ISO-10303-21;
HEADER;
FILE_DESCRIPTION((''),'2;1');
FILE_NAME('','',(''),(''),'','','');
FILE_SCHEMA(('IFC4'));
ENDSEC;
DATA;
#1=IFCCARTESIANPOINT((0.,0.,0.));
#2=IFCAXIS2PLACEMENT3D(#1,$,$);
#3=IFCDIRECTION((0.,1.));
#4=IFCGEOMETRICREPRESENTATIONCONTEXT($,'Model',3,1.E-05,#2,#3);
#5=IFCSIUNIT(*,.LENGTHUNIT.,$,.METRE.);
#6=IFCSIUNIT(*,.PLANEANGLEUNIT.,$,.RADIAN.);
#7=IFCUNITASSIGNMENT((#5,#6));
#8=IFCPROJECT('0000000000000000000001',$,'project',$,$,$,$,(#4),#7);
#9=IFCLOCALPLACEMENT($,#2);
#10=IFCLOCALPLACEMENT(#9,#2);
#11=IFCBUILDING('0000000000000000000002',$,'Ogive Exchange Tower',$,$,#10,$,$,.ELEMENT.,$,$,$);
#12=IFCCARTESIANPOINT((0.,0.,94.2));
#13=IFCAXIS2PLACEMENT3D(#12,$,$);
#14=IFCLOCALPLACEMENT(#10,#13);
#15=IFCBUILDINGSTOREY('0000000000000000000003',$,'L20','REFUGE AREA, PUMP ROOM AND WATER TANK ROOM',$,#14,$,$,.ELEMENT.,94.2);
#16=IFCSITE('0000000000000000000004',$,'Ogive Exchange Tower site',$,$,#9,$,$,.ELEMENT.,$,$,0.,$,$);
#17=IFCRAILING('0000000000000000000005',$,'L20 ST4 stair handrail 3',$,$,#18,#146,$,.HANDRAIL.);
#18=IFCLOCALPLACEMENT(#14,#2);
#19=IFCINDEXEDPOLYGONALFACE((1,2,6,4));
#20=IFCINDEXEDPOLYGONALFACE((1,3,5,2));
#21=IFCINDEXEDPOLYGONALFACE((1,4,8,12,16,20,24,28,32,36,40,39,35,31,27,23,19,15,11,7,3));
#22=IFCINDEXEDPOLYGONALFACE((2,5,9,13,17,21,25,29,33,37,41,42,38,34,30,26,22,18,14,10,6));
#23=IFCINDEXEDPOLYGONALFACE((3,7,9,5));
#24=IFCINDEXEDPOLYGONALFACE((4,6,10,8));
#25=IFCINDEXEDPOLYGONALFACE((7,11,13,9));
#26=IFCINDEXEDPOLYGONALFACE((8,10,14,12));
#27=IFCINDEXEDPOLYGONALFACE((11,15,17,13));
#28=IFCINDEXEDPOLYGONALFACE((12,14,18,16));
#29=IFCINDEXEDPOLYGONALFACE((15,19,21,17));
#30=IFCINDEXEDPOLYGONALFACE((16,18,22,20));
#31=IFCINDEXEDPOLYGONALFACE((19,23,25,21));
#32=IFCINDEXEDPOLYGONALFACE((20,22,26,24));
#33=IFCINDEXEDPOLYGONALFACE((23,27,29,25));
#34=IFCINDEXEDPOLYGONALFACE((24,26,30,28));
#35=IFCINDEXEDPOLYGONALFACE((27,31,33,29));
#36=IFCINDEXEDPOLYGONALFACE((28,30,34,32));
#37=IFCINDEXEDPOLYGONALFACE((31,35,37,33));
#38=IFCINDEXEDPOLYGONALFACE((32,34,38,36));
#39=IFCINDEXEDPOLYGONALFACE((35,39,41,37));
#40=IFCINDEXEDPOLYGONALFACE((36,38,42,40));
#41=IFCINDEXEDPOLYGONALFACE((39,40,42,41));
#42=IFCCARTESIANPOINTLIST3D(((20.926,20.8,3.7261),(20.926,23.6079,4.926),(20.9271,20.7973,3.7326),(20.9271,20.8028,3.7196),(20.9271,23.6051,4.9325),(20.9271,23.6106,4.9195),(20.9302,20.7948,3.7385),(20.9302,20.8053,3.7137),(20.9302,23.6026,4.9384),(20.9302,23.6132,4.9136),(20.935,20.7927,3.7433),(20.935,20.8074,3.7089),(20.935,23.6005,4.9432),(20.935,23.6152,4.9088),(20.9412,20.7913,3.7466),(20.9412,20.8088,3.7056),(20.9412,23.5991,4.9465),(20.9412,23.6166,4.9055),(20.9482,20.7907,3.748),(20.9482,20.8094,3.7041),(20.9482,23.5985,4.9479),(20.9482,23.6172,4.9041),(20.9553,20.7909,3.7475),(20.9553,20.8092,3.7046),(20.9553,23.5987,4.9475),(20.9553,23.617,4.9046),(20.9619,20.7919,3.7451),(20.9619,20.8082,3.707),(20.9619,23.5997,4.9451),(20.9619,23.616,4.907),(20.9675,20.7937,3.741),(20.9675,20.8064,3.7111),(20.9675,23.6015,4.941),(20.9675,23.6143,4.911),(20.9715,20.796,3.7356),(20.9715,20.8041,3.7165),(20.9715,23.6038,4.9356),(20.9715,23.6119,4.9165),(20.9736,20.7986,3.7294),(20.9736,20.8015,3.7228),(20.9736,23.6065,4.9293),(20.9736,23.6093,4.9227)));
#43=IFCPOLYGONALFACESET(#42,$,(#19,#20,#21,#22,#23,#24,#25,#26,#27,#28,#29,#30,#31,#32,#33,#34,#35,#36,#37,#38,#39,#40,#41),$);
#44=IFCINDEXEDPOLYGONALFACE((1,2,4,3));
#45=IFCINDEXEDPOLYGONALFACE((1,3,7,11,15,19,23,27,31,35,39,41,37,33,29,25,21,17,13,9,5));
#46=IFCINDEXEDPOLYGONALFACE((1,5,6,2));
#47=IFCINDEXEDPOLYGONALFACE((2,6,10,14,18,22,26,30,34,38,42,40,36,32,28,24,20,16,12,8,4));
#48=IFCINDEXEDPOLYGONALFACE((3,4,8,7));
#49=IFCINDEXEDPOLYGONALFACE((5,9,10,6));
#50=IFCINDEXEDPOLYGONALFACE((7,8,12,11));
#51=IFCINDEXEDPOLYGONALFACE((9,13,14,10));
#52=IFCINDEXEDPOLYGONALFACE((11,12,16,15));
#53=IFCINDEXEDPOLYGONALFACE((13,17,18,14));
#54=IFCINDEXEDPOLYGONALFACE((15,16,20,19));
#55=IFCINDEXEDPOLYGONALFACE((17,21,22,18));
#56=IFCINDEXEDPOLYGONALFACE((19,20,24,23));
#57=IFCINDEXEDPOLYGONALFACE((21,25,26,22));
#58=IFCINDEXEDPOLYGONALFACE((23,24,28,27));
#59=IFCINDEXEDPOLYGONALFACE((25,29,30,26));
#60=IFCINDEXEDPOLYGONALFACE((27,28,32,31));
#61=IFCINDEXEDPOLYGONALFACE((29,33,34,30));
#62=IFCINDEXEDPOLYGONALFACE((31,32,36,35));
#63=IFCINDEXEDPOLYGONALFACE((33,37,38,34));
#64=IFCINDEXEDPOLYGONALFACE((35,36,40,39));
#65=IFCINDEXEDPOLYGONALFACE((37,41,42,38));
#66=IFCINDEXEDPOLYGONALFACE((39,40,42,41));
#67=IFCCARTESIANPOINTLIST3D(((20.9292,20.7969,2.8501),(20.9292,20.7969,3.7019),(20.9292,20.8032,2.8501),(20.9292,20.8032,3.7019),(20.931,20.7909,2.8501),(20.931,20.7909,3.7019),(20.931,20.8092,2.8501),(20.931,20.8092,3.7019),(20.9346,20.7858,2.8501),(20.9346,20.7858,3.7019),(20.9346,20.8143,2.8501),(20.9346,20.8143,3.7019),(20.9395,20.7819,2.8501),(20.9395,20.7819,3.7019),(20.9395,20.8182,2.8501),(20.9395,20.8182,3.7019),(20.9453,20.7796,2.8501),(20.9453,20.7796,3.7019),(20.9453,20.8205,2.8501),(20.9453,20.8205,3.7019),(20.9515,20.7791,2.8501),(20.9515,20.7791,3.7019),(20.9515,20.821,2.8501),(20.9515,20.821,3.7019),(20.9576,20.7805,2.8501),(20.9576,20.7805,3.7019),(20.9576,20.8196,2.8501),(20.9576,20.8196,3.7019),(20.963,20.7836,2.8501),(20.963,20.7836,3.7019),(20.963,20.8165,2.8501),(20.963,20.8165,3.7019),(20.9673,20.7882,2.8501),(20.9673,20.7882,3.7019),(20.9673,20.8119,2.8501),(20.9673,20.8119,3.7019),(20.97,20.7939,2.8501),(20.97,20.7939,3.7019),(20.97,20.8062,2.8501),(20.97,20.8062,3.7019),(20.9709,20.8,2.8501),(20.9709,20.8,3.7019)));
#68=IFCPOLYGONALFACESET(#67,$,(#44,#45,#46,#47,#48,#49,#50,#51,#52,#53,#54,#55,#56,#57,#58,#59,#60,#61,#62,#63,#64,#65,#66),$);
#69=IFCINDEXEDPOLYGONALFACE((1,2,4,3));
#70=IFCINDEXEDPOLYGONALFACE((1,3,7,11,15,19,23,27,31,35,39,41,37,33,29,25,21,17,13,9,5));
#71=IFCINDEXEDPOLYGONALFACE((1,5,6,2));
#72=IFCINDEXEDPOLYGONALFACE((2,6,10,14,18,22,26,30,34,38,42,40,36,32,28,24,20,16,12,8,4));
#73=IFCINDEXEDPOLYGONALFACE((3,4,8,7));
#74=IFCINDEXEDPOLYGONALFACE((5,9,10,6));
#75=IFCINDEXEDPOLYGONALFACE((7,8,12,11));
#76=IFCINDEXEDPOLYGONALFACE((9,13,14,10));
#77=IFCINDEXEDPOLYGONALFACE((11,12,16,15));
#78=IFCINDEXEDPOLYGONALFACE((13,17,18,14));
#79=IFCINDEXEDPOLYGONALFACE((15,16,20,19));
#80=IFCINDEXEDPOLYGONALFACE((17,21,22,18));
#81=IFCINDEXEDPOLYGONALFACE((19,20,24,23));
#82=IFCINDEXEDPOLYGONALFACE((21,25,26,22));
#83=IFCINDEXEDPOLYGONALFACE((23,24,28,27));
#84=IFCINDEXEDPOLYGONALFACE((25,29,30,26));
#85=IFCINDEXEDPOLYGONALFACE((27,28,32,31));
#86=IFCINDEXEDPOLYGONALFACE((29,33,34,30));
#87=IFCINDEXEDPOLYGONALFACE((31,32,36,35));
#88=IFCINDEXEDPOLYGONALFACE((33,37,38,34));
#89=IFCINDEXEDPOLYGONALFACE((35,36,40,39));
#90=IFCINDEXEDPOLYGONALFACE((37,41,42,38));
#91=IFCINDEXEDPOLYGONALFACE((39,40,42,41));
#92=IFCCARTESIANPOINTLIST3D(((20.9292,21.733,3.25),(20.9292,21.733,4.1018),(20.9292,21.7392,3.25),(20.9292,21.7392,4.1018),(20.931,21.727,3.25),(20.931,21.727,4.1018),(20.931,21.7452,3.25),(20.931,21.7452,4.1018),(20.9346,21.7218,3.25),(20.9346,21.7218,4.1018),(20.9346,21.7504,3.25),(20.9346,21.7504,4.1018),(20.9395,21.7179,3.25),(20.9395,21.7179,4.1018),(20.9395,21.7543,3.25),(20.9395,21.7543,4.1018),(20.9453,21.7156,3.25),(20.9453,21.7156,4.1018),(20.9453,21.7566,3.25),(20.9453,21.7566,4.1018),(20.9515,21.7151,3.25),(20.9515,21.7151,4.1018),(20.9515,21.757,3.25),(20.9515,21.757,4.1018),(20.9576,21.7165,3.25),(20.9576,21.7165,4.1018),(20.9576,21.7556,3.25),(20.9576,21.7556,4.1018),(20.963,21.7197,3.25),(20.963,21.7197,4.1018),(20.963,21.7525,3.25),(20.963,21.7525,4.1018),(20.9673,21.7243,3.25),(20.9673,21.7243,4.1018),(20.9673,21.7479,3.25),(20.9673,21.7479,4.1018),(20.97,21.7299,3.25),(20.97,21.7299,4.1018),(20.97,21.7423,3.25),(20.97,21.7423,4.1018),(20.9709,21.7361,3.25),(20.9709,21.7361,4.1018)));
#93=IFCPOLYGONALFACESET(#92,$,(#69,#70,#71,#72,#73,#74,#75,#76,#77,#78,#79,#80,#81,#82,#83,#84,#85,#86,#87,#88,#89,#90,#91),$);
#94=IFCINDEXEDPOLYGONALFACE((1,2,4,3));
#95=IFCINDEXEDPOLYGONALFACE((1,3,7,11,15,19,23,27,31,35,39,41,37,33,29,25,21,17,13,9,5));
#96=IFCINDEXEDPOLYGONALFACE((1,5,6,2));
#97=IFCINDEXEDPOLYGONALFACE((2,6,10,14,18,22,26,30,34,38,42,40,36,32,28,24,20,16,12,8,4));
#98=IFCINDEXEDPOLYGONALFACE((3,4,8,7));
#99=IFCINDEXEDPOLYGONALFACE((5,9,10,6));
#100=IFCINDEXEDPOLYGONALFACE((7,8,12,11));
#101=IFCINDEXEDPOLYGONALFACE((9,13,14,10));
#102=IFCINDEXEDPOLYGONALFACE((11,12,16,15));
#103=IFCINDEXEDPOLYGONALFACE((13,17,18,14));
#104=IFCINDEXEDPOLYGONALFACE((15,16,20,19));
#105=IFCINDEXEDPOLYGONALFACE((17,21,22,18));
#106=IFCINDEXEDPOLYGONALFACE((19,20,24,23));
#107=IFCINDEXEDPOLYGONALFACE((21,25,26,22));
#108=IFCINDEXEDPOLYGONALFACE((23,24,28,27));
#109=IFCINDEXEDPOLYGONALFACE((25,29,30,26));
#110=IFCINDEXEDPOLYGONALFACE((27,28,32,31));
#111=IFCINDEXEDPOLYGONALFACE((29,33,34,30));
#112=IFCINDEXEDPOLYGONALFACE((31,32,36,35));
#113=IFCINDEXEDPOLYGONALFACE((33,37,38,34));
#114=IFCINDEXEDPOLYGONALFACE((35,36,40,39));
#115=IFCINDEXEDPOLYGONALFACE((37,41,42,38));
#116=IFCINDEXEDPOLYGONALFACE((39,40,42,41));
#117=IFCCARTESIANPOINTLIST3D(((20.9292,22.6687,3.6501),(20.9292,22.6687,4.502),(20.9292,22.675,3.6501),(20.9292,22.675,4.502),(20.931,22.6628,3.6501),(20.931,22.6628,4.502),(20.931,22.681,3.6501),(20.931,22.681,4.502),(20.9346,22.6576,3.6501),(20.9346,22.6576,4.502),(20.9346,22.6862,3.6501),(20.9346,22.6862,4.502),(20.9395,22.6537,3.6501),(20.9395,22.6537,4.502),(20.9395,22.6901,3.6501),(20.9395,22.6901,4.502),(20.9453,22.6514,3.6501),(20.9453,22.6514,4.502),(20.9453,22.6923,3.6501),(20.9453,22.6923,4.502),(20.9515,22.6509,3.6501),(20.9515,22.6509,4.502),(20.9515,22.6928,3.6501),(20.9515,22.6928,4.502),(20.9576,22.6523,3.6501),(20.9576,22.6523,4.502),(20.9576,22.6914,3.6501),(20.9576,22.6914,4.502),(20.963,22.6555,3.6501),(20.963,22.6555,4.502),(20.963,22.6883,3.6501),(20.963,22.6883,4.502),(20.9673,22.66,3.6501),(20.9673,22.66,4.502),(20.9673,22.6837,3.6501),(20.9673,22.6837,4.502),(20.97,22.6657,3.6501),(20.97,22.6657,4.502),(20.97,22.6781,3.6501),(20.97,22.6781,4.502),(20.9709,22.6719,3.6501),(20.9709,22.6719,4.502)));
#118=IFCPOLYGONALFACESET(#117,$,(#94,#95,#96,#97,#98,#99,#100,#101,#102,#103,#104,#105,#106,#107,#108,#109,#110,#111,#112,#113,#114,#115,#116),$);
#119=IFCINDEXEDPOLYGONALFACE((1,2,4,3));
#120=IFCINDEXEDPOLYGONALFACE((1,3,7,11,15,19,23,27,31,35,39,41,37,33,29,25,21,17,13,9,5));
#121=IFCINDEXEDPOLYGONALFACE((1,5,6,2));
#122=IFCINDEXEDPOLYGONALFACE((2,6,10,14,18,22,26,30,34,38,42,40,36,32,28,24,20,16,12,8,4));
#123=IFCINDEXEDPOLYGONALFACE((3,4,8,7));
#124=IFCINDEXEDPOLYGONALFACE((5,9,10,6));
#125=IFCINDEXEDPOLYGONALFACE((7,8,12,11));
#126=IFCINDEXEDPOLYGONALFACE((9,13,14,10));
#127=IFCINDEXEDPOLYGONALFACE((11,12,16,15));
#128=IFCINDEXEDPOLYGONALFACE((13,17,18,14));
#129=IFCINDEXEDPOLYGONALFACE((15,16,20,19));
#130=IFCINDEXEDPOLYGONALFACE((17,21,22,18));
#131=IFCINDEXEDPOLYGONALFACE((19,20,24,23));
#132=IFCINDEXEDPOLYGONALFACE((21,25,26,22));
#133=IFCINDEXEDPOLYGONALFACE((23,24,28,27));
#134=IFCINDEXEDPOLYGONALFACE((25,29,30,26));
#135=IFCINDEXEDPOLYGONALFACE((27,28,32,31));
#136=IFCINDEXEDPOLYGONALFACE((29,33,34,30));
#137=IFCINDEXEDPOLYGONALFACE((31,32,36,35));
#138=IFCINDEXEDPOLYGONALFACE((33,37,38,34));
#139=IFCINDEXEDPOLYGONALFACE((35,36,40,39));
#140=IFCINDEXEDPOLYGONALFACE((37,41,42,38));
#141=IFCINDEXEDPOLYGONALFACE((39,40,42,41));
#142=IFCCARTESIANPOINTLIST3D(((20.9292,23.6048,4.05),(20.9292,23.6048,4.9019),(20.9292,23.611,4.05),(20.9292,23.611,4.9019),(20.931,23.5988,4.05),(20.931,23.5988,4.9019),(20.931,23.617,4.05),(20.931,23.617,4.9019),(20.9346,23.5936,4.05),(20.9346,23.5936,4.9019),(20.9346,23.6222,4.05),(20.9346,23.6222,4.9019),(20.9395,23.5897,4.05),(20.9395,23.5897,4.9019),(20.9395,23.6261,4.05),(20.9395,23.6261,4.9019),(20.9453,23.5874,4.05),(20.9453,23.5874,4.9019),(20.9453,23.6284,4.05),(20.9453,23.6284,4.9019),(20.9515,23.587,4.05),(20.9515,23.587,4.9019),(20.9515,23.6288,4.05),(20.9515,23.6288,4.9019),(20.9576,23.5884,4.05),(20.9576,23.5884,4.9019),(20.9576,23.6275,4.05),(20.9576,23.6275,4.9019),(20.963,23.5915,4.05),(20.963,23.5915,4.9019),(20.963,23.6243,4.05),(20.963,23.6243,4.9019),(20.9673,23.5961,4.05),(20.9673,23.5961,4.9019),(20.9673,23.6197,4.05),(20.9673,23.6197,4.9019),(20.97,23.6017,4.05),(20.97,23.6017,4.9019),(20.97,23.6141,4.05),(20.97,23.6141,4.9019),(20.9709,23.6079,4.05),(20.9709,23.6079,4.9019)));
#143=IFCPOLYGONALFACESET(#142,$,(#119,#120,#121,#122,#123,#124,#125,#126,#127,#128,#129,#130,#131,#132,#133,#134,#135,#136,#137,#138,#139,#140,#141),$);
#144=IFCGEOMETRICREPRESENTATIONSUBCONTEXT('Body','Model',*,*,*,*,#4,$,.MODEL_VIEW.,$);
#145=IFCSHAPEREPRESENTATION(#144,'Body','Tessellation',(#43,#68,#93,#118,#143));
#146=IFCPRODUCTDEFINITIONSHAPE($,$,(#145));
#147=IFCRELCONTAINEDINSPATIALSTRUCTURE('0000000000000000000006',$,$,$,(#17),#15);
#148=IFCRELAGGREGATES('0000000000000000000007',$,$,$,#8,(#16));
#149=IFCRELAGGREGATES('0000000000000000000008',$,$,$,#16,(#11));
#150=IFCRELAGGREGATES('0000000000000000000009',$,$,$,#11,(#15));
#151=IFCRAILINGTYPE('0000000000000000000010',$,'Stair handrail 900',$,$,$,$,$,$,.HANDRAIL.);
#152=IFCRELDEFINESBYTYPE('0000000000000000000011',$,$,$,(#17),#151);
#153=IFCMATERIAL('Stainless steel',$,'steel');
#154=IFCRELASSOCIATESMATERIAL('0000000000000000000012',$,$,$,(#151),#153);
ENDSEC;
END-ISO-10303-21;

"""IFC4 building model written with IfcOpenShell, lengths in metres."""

from ifc_helpers import new_model, si_unit, direction, frame, origin, origin_2d, place, context, subcontext, project, spatial, circle, extrude, material, type_object, element, save


model = new_model("IFC4")

# Units and contexts
model_context = context("Model", 3, precision=1e-05, world=origin(), true_north=direction((0.0, 1.0)))
body_context = subcontext(model_context, "Body", "Model", "MODEL_VIEW")
ifc_project = project(units=[si_unit("LENGTHUNIT", "METRE"), si_unit("PLANEANGLEUNIT", "RADIAN")], contexts=[model_context])

# Site, building, storey
site_placement = place(None, origin())
site = spatial("IfcSite", under=ifc_project, at=site_placement, Name="Ogive Exchange Tower site", CompositionType="ELEMENT", RefElevation=0.0)
building_placement = place(site_placement, origin())
building = spatial("IfcBuilding", under=site, at=building_placement, Name="Ogive Exchange Tower", CompositionType="ELEMENT")
storey_placement = place(building_placement, frame((0.0, 0.0, 94.2)))
storey = spatial("IfcBuildingStorey", under=building, at=storey_placement, Name="L20", Description="REFUGE AREA, PUMP ROOM AND WATER TANK ROOM", CompositionType="ELEMENT", Elevation=94.2)

# Railing
ifc_material_1 = material(Name="Stainless steel", Category="steel")
railing_type = type_object("IfcRailingType", Name="Stair handrail 900", PredefinedType="HANDRAIL", material=ifc_material_1)
railing_1_placement = place(storey_placement, frame((20.95, 20.8, 2.8501)))
element("IfcRailing", 1, at=railing_1_placement, inside=storey, type_object=railing_type, Name="L20 ST4 stair handrail 3", PredefinedType="HANDRAIL", context=body_context, shape_type="SweptSolid", body=[
    extrude(circle(Radius=0.0239, at=origin_2d()), frame((0.0, 0.0, 0.876), z_axis=(0.0, 0.91955, 0.392973), x_axis=(-1.0, 0.0, 0.0)), (0.0, 0.0, 1.0), 3.0535),
    extrude(circle(Radius=0.021, at=origin_2d()), origin(), (0.0, 0.0, 1.0), 0.8518),
    extrude(circle(Radius=0.021, at=origin_2d()), frame((0.0, 0.936, 0.3999)), (0.0, 0.0, 1.0), 0.8518),
    extrude(circle(Radius=0.021, at=origin_2d()), frame((0.0, 1.8718, 0.8)), (0.0, 0.0, 1.0), 0.8518),
    extrude(circle(Radius=0.021, at=origin_2d()), frame((0.0, 2.8079, 1.2)), (0.0, 0.0, 1.0), 0.8518),
])

save(model, "model.ifc")
